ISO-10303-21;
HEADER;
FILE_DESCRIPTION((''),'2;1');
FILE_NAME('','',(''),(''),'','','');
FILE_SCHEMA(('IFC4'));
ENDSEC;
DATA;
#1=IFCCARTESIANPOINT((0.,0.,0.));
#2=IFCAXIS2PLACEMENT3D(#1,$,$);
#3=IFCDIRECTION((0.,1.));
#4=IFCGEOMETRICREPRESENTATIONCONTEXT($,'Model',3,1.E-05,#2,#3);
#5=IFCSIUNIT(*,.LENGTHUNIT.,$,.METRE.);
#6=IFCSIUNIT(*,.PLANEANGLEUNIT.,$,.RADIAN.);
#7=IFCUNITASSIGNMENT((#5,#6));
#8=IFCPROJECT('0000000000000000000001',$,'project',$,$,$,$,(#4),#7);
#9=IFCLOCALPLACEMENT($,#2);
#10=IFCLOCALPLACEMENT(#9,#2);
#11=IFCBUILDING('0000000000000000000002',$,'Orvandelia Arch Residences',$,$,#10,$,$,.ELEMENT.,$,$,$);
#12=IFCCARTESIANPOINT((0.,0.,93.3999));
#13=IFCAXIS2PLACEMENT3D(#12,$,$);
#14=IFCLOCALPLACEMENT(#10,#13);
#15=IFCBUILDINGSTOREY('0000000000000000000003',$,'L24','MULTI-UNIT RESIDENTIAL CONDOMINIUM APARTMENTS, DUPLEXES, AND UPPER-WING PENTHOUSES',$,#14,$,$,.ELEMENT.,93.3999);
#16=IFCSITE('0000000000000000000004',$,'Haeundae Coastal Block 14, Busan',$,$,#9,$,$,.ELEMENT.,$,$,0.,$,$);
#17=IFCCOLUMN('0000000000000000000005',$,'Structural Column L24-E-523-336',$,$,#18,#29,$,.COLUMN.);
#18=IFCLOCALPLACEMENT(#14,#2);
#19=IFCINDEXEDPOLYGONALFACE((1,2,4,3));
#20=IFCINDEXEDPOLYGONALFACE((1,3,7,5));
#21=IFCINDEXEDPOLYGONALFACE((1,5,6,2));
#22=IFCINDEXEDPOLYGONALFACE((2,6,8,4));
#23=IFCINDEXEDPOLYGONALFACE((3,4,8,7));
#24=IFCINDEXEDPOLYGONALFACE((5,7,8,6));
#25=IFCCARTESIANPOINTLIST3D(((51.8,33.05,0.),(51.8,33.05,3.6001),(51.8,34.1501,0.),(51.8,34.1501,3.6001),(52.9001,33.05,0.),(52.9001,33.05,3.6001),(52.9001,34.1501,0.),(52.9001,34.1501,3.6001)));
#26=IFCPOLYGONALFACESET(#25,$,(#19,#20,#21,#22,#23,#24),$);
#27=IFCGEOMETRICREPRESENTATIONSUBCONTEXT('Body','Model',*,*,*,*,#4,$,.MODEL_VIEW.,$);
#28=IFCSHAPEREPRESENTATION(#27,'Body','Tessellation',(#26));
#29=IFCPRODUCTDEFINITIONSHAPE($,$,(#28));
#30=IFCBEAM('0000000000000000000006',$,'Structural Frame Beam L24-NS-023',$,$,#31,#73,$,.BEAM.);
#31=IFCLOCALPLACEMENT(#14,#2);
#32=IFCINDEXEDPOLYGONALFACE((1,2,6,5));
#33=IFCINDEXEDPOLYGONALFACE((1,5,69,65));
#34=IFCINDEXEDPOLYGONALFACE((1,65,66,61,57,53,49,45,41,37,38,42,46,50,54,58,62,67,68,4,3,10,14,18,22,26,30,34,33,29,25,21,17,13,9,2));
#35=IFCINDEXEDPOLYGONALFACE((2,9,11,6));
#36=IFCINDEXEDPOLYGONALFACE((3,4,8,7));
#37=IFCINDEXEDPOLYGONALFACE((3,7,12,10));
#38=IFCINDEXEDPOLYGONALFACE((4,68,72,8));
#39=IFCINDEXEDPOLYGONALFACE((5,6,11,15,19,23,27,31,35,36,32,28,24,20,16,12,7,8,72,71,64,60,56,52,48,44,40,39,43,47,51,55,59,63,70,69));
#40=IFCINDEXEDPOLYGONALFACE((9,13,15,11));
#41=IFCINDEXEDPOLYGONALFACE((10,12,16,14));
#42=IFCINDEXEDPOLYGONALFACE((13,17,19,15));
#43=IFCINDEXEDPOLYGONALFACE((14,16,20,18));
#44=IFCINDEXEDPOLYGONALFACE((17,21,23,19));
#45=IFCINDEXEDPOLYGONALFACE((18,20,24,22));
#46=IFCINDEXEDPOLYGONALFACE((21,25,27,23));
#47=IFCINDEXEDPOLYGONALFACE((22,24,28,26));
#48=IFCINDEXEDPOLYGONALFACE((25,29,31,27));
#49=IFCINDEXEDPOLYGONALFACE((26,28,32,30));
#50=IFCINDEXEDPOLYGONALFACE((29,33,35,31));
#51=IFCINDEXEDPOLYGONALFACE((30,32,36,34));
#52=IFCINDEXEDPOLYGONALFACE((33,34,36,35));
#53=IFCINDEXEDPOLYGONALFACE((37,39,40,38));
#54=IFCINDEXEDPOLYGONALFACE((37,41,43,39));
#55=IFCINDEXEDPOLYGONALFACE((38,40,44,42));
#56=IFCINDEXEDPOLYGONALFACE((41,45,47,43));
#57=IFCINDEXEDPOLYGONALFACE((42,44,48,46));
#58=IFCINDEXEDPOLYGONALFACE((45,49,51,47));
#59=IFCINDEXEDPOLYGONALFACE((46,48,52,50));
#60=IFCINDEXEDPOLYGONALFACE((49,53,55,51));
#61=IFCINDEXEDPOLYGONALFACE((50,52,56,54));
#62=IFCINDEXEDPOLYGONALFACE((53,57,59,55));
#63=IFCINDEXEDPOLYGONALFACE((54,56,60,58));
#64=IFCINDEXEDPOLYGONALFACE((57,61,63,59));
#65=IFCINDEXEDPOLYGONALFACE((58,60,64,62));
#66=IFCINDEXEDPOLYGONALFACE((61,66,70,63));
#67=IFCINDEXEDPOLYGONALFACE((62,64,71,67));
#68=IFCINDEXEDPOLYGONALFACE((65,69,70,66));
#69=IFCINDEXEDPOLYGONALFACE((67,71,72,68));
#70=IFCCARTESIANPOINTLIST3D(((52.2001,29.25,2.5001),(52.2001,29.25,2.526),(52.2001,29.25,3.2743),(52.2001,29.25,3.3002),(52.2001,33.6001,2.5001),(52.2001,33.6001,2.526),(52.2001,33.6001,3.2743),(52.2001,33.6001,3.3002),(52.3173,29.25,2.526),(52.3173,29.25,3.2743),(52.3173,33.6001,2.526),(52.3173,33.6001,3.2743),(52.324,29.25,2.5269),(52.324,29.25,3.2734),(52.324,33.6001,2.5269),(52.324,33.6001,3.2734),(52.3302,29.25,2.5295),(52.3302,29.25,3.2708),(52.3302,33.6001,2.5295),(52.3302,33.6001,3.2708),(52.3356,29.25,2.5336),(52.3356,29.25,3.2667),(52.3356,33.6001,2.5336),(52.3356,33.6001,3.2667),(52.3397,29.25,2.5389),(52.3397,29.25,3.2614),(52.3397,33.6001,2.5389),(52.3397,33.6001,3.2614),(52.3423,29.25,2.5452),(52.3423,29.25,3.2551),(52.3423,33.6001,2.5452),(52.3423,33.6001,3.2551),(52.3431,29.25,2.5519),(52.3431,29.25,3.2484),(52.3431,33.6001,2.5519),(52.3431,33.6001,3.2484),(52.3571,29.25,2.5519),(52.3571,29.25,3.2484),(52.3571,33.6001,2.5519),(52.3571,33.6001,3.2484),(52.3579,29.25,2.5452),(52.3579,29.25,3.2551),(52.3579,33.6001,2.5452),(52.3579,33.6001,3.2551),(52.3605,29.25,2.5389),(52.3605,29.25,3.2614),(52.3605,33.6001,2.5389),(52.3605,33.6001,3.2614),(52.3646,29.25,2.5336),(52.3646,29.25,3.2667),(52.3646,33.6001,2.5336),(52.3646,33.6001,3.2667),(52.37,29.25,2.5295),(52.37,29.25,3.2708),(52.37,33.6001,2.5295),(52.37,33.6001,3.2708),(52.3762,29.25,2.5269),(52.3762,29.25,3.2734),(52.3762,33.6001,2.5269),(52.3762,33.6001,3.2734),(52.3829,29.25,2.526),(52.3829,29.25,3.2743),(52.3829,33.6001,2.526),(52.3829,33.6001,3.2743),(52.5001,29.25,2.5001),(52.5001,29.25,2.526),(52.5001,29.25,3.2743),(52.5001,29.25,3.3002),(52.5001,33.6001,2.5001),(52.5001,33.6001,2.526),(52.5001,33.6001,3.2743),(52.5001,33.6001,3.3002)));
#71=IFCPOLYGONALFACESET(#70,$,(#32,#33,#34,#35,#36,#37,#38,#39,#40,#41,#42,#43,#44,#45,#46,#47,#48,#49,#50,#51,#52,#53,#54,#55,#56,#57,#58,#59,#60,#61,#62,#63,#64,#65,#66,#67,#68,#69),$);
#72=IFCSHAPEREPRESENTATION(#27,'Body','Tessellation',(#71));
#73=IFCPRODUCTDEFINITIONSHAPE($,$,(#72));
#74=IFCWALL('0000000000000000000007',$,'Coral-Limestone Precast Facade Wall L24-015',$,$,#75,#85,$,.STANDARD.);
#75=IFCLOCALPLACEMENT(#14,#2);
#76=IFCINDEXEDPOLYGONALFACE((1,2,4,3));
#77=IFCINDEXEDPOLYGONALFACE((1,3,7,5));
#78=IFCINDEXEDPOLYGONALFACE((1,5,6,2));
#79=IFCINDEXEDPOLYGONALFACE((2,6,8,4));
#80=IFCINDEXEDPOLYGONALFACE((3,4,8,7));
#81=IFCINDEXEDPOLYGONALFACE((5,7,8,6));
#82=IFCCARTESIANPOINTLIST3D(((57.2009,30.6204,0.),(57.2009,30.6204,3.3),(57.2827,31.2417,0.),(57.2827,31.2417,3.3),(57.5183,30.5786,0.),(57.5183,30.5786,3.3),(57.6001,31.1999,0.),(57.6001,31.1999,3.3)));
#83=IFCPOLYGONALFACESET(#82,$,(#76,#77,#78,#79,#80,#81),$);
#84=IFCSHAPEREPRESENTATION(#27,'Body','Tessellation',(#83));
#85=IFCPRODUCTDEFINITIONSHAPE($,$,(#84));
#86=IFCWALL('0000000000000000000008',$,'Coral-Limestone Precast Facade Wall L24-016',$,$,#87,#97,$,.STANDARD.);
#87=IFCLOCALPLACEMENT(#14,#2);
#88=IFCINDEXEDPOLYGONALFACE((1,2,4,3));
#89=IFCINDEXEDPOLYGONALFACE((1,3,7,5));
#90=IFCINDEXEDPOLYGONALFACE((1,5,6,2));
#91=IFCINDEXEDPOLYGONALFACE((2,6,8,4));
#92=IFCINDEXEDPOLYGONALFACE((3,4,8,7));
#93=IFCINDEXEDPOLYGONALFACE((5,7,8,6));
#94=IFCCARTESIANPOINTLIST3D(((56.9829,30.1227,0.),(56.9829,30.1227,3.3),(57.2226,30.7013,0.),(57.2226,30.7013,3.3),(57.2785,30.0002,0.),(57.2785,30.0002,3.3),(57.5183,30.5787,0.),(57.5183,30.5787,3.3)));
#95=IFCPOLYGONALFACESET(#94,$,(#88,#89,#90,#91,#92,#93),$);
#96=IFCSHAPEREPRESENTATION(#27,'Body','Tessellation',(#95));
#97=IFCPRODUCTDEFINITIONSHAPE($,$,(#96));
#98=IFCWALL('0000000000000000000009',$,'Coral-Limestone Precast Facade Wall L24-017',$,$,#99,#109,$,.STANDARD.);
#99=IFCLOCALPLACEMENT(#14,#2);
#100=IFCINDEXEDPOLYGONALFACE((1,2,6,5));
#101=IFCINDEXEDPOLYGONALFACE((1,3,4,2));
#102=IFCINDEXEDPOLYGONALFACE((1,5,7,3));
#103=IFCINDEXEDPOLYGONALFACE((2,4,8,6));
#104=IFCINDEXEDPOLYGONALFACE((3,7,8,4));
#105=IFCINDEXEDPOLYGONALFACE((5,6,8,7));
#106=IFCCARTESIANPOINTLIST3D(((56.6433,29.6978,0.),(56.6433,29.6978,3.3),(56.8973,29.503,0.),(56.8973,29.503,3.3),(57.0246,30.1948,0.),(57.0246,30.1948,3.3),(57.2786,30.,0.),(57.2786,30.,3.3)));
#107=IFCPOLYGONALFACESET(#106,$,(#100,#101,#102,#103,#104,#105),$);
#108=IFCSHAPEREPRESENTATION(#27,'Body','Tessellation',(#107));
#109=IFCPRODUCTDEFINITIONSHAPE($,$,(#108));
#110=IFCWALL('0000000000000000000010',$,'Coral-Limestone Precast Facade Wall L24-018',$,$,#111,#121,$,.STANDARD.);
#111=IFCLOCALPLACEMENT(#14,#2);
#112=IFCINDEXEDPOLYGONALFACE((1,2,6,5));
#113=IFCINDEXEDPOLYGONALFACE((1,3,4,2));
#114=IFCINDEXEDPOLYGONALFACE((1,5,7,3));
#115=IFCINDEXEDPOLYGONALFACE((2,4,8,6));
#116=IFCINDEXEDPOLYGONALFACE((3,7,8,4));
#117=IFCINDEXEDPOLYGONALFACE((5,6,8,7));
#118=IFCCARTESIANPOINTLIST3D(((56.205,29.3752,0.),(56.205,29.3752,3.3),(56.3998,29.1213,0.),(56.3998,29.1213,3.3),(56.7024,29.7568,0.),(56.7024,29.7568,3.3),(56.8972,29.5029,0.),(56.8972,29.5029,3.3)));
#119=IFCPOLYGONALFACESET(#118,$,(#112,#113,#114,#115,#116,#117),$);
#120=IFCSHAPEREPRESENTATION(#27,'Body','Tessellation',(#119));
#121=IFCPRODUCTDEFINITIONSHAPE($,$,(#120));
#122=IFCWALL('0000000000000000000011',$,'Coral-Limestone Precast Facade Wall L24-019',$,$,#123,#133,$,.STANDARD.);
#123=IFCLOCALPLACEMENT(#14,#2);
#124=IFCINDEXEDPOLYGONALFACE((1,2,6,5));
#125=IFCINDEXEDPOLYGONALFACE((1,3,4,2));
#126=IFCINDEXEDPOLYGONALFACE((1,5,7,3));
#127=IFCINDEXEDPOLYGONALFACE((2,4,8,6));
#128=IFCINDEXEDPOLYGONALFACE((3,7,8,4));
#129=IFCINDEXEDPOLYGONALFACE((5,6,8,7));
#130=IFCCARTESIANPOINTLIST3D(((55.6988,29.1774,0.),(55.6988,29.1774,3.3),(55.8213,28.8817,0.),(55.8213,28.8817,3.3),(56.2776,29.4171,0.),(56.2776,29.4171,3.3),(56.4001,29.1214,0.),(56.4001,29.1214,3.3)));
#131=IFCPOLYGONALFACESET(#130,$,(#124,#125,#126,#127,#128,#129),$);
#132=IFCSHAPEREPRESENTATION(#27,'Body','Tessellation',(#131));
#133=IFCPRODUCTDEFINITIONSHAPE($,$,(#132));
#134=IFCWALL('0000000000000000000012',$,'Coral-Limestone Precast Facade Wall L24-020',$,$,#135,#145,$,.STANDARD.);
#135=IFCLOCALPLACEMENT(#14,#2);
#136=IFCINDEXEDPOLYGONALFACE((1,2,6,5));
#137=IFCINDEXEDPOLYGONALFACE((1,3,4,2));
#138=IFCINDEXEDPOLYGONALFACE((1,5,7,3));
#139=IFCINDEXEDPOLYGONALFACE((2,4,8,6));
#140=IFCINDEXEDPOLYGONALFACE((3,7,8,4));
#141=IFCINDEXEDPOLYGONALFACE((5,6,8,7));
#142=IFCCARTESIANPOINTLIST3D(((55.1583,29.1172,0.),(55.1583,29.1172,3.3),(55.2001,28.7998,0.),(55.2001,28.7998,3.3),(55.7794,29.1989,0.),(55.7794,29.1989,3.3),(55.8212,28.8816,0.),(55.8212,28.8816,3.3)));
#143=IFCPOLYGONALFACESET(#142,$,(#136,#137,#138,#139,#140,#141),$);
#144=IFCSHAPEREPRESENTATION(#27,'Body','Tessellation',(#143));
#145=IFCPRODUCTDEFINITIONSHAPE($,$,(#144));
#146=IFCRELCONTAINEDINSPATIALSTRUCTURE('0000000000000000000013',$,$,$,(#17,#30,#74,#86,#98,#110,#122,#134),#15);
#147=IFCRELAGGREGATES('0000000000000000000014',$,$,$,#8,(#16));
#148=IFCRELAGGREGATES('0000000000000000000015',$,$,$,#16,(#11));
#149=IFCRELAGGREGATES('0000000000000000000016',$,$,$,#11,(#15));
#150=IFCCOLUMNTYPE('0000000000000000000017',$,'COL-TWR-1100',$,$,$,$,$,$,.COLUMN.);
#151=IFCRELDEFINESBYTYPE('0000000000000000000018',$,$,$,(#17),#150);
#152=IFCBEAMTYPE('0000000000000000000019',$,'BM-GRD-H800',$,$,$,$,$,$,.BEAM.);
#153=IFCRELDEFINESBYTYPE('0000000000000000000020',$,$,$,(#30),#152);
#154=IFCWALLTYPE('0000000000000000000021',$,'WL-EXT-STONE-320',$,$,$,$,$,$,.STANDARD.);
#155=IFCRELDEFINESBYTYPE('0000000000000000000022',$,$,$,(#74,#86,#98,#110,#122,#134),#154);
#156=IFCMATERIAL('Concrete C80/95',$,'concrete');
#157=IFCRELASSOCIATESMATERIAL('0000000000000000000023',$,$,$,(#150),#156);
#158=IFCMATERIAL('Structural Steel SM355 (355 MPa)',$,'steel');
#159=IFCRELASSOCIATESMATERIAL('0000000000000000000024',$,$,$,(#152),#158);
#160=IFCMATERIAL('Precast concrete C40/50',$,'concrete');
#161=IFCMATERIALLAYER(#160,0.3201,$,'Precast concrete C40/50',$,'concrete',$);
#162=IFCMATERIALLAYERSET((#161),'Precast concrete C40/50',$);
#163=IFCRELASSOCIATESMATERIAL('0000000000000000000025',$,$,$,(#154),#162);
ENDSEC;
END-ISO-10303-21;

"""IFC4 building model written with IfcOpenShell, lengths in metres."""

from ifc_helpers import new_model, si_unit, direction, frame, frame_2d, origin, origin_2d, place, context, subcontext, project, spatial, rectangle, i_section, extrude, material, layer, layer_set, material_profile, profile_set, type_object, element, save


model = new_model("IFC4")

# Units and contexts
model_context = context("Model", 3, precision=1e-05, world=origin(), true_north=direction((0.0, 1.0)))
body_context = subcontext(model_context, "Body", "Model", "MODEL_VIEW")
ifc_project = project(units=[si_unit("LENGTHUNIT", "METRE"), si_unit("PLANEANGLEUNIT", "RADIAN")], contexts=[model_context])

# Site, building, storey
site_placement = place(None, origin())
site = spatial("IfcSite", under=ifc_project, at=site_placement, Name="Haeundae Coastal Block 14, Busan", CompositionType="ELEMENT", RefElevation=0.0)
building_placement = place(site_placement, origin())
building = spatial("IfcBuilding", under=site, at=building_placement, Name="Orvandelia Arch Residences", CompositionType="ELEMENT")
storey_placement = place(building_placement, frame((0.0, 0.0, 93.3999)))
storey = spatial("IfcBuildingStorey", under=building, at=storey_placement, Name="L24", Description="MULTI-UNIT RESIDENTIAL CONDOMINIUM APARTMENTS, DUPLEXES, AND UPPER-WING PENTHOUSES", CompositionType="ELEMENT", Elevation=93.3999)

# Column
ifc_material_1 = material(Name="Concrete C80/95", Category="concrete")
ifc_material_profile_1 = material_profile(ifc_material_1, rectangle(XDim=1.1001, YDim=1.1001, at=origin_2d()), Name="Concrete C80/95", Category="concrete")
ifc_profile_set_1 = profile_set([ifc_material_profile_1], Name="Concrete C80/95")
column_type = type_object("IfcColumnType", Name="COL-TWR-1100", PredefinedType="COLUMN", material=ifc_profile_set_1)
column_placement = place(storey_placement, frame((52.3501, 33.6001, 0.0), z_axis=(0.0, 0.0, 1.0), x_axis=(1.0, 0.0, 0.0)))
element("IfcColumn", 1, at=column_placement, inside=storey, type_object=column_type, Name="Structural Column L24-E-523-336", PredefinedType="COLUMN", context=body_context, shape_type="SweptSolid", body=[
    extrude(rectangle(XDim=1.1001, YDim=1.1001, at=origin_2d()), origin(), (0.0, 0.0, 1.0), 3.6001),
])

# Beam
ifc_material_2 = material(Name="Structural Steel SM355 (355 MPa)", Category="steel")
ifc_material_profile_2 = material_profile(ifc_material_2, i_section(OverallWidth=0.3, OverallDepth=0.8, WebThickness=0.0139, FlangeThickness=0.0259, FilletRadius=0.0259, at=origin_2d()), Name="Structural Steel SM355 (355 MPa)", Category="steel")
ifc_profile_set_2 = profile_set([ifc_material_profile_2], Name="Structural Steel SM355 (355 MPa)")
beam_type = type_object("IfcBeamType", Name="BM-GRD-H800", PredefinedType="BEAM", material=ifc_profile_set_2)
beam_placement = place(storey_placement, frame((52.3501, 29.25, 2.9001), z_axis=(0.0, 1.0, 0.0), x_axis=(-1.0, 0.0, 0.0)))
element("IfcBeam", 2, at=beam_placement, inside=storey, type_object=beam_type, Name="Structural Frame Beam L24-NS-023", PredefinedType="BEAM", context=body_context, shape_type="SweptSolid", body=[
    extrude(i_section(OverallWidth=0.3, OverallDepth=0.8, WebThickness=0.0139, FlangeThickness=0.0259, FilletRadius=0.0259, at=origin_2d()), origin(), (0.0, 0.0, 1.0), 4.3501),
])

# Walls
ifc_material_3 = material(Name="Precast concrete C40/50", Category="concrete")
ifc_layer = layer(ifc_material_3, 0.3201, Name="Precast concrete C40/50", Category="concrete")
ifc_layer_set = layer_set([ifc_layer], Name="Precast concrete C40/50")
wall_type = type_object("IfcWallType", Name="WL-EXT-STONE-320", PredefinedType="STANDARD", material=ifc_layer_set)
wall_1_placement = place(storey_placement, frame((57.4414, 31.2209, 0.0), z_axis=(0.0, 0.0, 1.0), x_axis=(-0.130505, -0.991448, 0.0)))
element("IfcWall", 3, at=wall_1_placement, inside=storey, type_object=wall_type, Name="Coral-Limestone Precast Facade Wall L24-015", PredefinedType="STANDARD", context=body_context, shape_type="SweptSolid", body=[
    extrude(rectangle(XDim=0.6267, YDim=0.3201, at=frame_2d((0.3135, 0.0))), origin(), (0.0, 0.0, 1.0), 3.3),
])
wall_2_placement = place(storey_placement, frame((57.3704, 30.6399, 0.0), z_axis=(0.0, 0.0, 1.0), x_axis=(-0.382788, -0.923836, 0.0)))
element("IfcWall", 4, at=wall_2_placement, inside=storey, type_object=wall_type, Name="Coral-Limestone Precast Facade Wall L24-016", PredefinedType="STANDARD", context=body_context, shape_type="SweptSolid", body=[
    extrude(rectangle(XDim=0.6262, YDim=0.3201, at=frame_2d((0.313, 0.0))), origin(), (0.0, 0.0, 1.0), 3.3),
])
wall_3_placement = place(storey_placement, frame((57.1516, 30.0974, 0.0), z_axis=(0.0, 0.0, 1.0), x_axis=(-0.608693, -0.793406, 0.0)))
element("IfcWall", 5, at=wall_3_placement, inside=storey, type_object=wall_type, Name="Coral-Limestone Precast Facade Wall L24-017", PredefinedType="STANDARD", context=body_context, shape_type="SweptSolid", body=[
    extrude(rectangle(XDim=0.6265, YDim=0.3201, at=frame_2d((0.3132, 0.0))), origin(), (0.0, 0.0, 1.0), 3.3),
])
wall_4_placement = place(storey_placement, frame((56.7998, 29.6299, 0.0), z_axis=(0.0, 0.0, 1.0), x_axis=(-0.793362, -0.60875, 0.0)))
element("IfcWall", 6, at=wall_4_placement, inside=storey, type_object=wall_type, Name="Coral-Limestone Precast Facade Wall L24-018", PredefinedType="STANDARD", context=body_context, shape_type="SweptSolid", body=[
    extrude(rectangle(XDim=0.627, YDim=0.3201, at=frame_2d((0.3135, 0.0))), origin(), (0.0, 0.0, 1.0), 3.3),
])
for number, where, z_axis, x_axis, name in (
    (7, (56.3389, 29.2693, 0.0), (0.0, 0.0, 1.0), (-0.923893, -0.38265, 0.0), "Coral-Limestone Precast Facade Wall L24-019"),
    (8, (55.8003, 29.0403, 0.0), (0.0, 0.0, 1.0), (-0.991441, -0.130555, 0.0), "Coral-Limestone Precast Facade Wall L24-020"),
):
    element("IfcWall", number, at=place(storey_placement, frame(where, z_axis=z_axis, x_axis=x_axis)), inside=storey, type_object=wall_type, Name=name, PredefinedType="STANDARD", context=body_context, shape_type="SweptSolid", body=[
        extrude(rectangle(XDim=0.6265, YDim=0.3201, at=frame_2d((0.3132, 0.0))), origin(), (0.0, 0.0, 1.0), 3.3),
    ])

save(model, "model.ifc")
